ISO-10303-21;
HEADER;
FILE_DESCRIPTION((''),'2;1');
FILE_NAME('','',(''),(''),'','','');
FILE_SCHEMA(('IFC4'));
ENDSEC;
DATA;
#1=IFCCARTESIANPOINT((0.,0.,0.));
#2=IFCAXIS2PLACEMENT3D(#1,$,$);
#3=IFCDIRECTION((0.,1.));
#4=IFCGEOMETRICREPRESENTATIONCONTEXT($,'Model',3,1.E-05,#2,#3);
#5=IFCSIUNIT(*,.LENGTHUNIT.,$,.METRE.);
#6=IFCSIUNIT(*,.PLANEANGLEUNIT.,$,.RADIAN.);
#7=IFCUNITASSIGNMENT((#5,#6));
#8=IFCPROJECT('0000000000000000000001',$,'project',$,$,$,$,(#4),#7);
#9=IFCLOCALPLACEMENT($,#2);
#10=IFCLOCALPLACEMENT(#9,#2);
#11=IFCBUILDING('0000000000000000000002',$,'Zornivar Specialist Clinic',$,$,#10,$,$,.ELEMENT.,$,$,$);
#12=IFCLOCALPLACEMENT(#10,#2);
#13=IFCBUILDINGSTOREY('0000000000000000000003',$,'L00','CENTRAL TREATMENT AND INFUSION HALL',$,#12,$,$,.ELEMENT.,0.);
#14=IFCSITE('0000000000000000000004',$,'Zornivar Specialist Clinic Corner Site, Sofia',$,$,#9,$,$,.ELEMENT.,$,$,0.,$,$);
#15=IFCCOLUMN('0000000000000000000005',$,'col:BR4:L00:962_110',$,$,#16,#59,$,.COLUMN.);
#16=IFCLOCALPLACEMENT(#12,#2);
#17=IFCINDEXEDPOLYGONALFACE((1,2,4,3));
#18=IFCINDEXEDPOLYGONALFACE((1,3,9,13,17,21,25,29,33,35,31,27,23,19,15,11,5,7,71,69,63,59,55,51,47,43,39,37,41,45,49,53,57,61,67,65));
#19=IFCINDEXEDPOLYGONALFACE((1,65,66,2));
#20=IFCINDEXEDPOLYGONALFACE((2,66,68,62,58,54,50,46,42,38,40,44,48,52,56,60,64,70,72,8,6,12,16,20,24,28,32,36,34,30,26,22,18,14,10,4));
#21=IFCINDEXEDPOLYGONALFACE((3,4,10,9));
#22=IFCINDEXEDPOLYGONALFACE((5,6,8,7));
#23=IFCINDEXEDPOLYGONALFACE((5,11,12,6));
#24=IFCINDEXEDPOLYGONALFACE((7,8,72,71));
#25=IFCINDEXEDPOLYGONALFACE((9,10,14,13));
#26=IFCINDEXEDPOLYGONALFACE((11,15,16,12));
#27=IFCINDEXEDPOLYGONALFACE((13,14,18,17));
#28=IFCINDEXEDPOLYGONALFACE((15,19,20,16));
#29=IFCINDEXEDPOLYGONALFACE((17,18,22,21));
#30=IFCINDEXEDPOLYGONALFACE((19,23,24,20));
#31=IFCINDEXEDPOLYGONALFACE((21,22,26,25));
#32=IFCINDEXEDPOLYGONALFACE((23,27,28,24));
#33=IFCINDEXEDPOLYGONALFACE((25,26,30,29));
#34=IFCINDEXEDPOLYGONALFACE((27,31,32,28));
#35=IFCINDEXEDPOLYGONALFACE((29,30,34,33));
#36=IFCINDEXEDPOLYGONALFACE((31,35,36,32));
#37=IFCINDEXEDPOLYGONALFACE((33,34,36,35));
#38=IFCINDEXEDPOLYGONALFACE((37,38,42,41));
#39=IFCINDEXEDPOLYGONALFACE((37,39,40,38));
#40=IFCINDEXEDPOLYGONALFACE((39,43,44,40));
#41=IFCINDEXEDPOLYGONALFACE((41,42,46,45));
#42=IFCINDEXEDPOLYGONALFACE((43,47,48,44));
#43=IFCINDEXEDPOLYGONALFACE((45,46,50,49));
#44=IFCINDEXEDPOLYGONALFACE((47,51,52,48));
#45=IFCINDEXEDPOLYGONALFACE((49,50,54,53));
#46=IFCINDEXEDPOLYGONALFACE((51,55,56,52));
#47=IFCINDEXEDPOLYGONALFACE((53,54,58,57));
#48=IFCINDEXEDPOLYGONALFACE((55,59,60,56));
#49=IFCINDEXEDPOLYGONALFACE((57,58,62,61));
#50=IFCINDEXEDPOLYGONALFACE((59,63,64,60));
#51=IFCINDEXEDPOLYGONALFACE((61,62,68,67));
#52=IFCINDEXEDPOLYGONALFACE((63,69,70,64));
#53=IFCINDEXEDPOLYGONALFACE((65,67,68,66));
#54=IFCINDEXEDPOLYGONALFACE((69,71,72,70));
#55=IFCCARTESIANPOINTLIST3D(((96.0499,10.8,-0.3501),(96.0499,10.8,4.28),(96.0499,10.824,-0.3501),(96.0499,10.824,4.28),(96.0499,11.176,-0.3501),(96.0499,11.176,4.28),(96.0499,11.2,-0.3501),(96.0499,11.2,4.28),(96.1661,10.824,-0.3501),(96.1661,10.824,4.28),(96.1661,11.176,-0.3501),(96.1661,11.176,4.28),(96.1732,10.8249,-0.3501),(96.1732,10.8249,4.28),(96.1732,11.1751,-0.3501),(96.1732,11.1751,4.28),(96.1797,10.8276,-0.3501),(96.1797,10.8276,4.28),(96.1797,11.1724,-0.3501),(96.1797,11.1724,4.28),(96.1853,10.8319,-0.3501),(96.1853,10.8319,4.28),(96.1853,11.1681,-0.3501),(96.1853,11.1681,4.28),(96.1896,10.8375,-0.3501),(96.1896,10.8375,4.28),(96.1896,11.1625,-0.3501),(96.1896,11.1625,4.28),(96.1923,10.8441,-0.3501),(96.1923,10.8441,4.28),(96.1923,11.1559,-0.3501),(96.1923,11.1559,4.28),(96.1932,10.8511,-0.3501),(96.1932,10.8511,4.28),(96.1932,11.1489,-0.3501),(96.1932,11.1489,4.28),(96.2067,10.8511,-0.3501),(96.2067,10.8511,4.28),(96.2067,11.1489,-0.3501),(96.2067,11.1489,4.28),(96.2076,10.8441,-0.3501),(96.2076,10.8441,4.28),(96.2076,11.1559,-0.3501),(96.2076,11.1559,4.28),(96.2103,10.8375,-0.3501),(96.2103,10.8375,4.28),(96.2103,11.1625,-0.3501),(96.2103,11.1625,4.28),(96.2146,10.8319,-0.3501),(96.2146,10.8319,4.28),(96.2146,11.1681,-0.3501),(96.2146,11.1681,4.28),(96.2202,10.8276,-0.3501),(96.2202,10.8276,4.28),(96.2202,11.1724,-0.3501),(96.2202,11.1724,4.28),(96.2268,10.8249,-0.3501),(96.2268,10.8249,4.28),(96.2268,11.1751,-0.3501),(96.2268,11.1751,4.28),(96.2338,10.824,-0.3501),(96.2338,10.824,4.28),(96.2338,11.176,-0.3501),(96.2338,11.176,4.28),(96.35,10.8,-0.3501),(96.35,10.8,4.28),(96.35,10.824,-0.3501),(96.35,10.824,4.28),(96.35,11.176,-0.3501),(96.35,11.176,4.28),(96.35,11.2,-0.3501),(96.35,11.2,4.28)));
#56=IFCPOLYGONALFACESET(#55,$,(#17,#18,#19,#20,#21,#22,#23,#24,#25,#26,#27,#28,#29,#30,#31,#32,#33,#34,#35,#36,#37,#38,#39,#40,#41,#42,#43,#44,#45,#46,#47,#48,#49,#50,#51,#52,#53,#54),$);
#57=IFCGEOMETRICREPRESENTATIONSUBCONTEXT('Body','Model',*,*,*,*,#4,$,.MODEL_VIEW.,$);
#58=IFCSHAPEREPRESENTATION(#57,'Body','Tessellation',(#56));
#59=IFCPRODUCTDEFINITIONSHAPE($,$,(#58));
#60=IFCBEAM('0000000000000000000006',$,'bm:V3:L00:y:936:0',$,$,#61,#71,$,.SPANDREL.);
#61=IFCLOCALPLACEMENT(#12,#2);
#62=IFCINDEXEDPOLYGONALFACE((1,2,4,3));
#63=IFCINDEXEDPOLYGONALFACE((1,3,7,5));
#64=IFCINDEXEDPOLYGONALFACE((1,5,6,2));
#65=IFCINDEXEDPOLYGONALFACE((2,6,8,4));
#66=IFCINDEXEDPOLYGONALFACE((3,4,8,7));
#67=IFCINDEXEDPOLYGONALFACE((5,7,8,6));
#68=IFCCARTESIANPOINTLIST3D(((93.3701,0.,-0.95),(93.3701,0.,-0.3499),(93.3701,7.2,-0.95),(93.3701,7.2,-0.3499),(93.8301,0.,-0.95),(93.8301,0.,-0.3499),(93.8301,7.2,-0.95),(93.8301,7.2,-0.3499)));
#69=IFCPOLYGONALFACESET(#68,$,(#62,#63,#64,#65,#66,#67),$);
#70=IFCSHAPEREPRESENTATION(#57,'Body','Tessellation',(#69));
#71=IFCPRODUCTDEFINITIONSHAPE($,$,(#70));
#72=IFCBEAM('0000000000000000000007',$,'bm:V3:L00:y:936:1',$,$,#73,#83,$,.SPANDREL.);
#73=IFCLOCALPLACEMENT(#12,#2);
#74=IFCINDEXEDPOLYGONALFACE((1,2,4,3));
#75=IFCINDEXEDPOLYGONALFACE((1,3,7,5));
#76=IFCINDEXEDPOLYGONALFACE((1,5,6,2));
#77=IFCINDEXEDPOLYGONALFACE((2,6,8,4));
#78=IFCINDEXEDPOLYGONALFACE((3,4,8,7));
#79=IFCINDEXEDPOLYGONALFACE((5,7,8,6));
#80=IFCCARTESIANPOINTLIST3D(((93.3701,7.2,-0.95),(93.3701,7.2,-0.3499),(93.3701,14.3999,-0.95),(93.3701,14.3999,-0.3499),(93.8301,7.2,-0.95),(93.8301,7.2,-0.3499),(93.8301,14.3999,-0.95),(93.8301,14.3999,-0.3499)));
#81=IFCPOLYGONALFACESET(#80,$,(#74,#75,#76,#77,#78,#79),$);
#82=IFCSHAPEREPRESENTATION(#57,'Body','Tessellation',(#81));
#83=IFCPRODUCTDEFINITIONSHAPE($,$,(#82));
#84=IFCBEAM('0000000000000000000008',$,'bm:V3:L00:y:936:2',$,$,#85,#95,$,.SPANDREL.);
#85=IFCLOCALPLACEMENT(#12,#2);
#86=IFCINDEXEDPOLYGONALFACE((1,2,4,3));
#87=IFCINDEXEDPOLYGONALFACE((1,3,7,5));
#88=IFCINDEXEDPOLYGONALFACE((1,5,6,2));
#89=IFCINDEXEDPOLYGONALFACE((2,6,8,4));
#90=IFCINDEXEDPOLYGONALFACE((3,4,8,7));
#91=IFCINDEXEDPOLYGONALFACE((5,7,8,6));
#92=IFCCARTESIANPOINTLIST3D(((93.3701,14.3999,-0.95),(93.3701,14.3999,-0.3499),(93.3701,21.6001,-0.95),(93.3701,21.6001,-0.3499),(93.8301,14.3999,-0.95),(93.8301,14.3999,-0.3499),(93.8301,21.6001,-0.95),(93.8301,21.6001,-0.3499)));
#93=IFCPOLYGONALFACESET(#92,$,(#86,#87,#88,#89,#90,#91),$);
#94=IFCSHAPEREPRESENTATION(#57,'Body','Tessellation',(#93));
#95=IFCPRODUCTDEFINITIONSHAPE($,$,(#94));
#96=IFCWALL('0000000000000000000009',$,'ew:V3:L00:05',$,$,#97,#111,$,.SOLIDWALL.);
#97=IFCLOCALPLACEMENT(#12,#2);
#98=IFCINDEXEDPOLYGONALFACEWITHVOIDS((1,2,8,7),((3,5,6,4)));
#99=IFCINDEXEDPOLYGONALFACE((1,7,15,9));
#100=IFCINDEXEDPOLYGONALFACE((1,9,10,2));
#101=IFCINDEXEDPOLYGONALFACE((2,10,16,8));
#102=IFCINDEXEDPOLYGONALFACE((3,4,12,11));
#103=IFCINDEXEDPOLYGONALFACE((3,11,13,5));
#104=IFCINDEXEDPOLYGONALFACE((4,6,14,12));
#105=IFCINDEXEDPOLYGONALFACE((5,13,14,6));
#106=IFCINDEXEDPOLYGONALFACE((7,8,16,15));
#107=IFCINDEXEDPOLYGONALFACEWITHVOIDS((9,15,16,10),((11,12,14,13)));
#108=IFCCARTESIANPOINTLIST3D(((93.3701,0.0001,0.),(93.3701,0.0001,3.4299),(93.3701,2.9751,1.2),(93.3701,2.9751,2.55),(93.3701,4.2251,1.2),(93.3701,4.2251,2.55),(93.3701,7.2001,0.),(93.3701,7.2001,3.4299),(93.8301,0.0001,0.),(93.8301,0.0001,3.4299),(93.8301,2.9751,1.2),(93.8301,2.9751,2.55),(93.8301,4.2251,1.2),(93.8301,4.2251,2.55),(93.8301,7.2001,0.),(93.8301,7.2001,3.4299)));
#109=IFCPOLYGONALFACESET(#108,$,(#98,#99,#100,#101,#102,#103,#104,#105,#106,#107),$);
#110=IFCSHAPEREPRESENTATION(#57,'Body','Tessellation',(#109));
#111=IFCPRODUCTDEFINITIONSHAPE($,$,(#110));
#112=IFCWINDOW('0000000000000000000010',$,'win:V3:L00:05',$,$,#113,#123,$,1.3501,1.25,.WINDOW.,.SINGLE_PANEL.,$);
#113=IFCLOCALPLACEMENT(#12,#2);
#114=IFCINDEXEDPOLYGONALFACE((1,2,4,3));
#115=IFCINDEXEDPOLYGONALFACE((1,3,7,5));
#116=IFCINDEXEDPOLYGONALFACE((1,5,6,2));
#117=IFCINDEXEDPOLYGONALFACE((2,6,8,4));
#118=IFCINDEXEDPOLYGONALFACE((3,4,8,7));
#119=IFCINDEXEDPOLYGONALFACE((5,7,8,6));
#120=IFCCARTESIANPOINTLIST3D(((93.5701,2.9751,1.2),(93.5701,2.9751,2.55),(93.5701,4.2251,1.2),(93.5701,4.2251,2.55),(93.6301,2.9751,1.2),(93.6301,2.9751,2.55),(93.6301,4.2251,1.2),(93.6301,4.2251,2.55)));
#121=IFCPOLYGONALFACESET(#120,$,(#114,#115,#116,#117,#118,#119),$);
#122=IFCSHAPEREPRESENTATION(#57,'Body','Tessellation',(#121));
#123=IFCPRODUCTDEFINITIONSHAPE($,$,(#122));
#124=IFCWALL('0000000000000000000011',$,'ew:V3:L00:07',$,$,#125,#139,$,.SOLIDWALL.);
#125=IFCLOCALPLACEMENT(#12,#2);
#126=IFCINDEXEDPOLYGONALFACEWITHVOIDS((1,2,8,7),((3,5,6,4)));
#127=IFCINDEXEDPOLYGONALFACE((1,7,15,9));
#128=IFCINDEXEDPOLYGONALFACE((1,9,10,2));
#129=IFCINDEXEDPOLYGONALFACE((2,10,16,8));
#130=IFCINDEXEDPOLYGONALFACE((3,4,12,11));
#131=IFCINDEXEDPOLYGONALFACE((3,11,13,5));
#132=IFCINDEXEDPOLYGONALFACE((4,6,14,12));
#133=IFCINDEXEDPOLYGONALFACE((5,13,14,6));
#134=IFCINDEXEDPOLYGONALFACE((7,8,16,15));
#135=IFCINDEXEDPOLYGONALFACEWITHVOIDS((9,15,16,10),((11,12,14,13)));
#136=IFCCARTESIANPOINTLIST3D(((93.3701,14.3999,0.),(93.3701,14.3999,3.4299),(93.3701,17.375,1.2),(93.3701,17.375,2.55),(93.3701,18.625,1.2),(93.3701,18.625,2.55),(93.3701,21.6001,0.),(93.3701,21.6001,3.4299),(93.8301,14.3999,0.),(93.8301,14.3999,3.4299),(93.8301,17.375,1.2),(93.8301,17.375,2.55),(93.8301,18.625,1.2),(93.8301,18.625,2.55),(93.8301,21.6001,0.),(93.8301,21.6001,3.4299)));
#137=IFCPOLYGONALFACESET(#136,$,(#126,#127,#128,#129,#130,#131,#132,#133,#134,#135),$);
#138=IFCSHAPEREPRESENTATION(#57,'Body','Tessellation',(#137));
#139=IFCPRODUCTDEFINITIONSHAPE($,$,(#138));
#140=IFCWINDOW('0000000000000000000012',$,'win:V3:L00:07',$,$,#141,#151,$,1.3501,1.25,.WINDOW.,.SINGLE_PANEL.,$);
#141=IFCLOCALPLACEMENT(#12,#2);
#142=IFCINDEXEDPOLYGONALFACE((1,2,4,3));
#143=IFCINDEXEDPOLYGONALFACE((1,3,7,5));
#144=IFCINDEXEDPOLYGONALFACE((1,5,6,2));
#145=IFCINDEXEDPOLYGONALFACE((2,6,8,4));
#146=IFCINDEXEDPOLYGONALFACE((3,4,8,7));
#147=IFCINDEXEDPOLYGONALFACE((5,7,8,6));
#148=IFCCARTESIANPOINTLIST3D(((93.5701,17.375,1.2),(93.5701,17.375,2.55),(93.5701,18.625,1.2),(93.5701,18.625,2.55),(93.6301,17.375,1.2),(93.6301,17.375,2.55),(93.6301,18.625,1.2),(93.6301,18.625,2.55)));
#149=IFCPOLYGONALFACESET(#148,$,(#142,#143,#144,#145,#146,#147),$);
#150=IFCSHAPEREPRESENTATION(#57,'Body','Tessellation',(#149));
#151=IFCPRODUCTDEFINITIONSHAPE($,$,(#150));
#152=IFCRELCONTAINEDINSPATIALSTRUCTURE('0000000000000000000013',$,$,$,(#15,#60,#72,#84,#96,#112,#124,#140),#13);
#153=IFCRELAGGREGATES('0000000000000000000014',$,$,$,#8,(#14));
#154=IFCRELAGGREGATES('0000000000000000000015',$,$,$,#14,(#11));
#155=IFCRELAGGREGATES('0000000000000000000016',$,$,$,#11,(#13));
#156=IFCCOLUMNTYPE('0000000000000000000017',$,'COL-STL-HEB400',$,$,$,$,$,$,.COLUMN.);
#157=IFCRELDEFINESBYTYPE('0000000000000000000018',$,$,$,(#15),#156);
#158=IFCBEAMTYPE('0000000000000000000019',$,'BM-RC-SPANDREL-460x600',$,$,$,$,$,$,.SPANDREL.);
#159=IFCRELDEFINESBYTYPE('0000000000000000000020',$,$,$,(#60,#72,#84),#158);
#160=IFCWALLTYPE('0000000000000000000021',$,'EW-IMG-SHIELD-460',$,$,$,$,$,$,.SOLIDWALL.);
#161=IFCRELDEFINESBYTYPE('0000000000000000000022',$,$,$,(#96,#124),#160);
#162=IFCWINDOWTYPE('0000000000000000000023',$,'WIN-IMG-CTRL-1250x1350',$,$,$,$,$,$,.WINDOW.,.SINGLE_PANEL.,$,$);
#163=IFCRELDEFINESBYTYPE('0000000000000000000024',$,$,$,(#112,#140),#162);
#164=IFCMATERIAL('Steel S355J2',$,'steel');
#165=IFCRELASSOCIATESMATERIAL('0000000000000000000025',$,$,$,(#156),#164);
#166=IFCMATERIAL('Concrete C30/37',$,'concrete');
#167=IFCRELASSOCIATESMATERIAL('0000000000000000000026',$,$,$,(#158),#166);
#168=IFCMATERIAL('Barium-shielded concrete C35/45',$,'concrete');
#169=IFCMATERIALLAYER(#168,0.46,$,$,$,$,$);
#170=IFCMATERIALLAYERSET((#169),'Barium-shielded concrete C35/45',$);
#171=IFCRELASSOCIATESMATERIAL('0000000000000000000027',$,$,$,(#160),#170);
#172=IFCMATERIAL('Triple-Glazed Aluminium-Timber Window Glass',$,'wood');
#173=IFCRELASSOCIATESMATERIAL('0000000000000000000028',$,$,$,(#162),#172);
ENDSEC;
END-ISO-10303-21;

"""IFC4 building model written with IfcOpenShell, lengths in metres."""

from ifc_helpers import new_model, si_unit, direction, frame, frame_2d, origin, origin_2d, place, context, subcontext, project, spatial, rectangle, i_section, extrude, material, layer, layer_set, material_profile, profile_set, type_object, element, fill, save


model = new_model("IFC4")

# Units and contexts
model_context = context("Model", 3, precision=1e-05, world=origin(), true_north=direction((0.0, 1.0)))
body_context = subcontext(model_context, "Body", "Model", "MODEL_VIEW")
ifc_project = project(units=[si_unit("LENGTHUNIT", "METRE"), si_unit("PLANEANGLEUNIT", "RADIAN")], contexts=[model_context])

# Site, building, storey
site_placement = place(None, origin())
site = spatial("IfcSite", under=ifc_project, at=site_placement, Name="Zornivar Specialist Clinic Corner Site, Sofia", CompositionType="ELEMENT", RefElevation=0.0)
building_placement = place(site_placement, origin())
building = spatial("IfcBuilding", under=site, at=building_placement, Name="Zornivar Specialist Clinic", CompositionType="ELEMENT")
storey_placement = place(building_placement, origin())
storey = spatial("IfcBuildingStorey", under=building, at=storey_placement, Name="L00", Description="CENTRAL TREATMENT AND INFUSION HALL", CompositionType="ELEMENT", Elevation=0.0)

# Column
ifc_material_1 = material(Name="Steel S355J2", Category="steel")
ifc_material_profile_1 = material_profile(ifc_material_1, i_section(OverallWidth=0.3, OverallDepth=0.3999, WebThickness=0.0134, FlangeThickness=0.0239, FilletRadius=0.0271, at=origin_2d()), Name="HEB 400")
ifc_profile_set_1 = profile_set([ifc_material_profile_1], Name="Steel S355J2")
column_type_1 = type_object("IfcColumnType", Name="COL-STL-HEB400", PredefinedType="COLUMN", material=ifc_profile_set_1)
for number, where, z_axis, x_axis, name in (
    (1, (96.2, 11.0, -0.3501), (0.0, 0.0, 1.0), (1.0, 0.0, 0.0), "col:BR4:L00:962_110"),
):
    element("IfcColumn", number, at=place(storey_placement, frame(where, z_axis=z_axis, x_axis=x_axis)), inside=storey, type_object=column_type_1, Name=name, PredefinedType="COLUMN", context=body_context, shape_type="SweptSolid", body=[
        extrude(i_section(OverallWidth=0.3, OverallDepth=0.3999, WebThickness=0.0134, FlangeThickness=0.0239, FilletRadius=0.0271, at=origin_2d()), origin(), (0.0, 0.0, 1.0), 4.6301),
    ])

# Beams
ifc_material_2 = material(Name="Concrete C30/37", Category="concrete")
ifc_material_profile_2 = material_profile(ifc_material_2, rectangle(XDim=0.46, YDim=0.6001, at=origin_2d()), Name="RC 460x600")
ifc_profile_set_2 = profile_set([ifc_material_profile_2], Name="Concrete C30/37")
beam_type = type_object("IfcBeamType", Name="BM-RC-SPANDREL-460x600", PredefinedType="SPANDREL", material=ifc_profile_set_2)
for number, where, z_axis, x_axis, name in (
    (2, (93.6001, 0.0, -0.6499), (0.0, 1.0, 0.0), (-1.0, 0.0, 0.0), "bm:V3:L00:y:936:0"),
    (3, (93.6001, 7.2, -0.6499), (0.0, 1.0, 0.0), (-1.0, 0.0, 0.0), "bm:V3:L00:y:936:1"),
):
    element("IfcBeam", number, at=place(storey_placement, frame(where, z_axis=z_axis, x_axis=x_axis)), inside=storey, type_object=beam_type, Name=name, PredefinedType="SPANDREL", context=body_context, shape_type="SweptSolid", body=[
        extrude(rectangle(XDim=0.46, YDim=0.6001, at=origin_2d()), origin(), (0.0, 0.0, 1.0), 7.2),
    ])
beam_placement = place(storey_placement, frame((93.6001, 14.3999, -0.6499), z_axis=(0.0, 1.0, 0.0), x_axis=(-1.0, 0.0, 0.0)))
element("IfcBeam", 4, at=beam_placement, inside=storey, type_object=beam_type, Name="bm:V3:L00:y:936:2", PredefinedType="SPANDREL", context=body_context, shape_type="SweptSolid", body=[
    extrude(rectangle(XDim=0.46, YDim=0.6001, at=origin_2d()), origin(), (0.0, 0.0, 1.0), 7.2002),
])

# Wall, opening, window
ifc_material_3 = material(Name="Barium-shielded concrete C35/45", Category="concrete")
ifc_layer_1 = layer(ifc_material_3, 0.46)
ifc_layer_set_1 = layer_set([ifc_layer_1], Name="Barium-shielded concrete C35/45")
wall_type_1 = type_object("IfcWallType", Name="EW-IMG-SHIELD-460", PredefinedType="SOLIDWALL", material=ifc_layer_set_1)
wall_1_placement = place(storey_placement, frame((93.6001, 0.0, 0.0), z_axis=(0.0, 0.0, 1.0), x_axis=(0.0, 1.0, 0.0)))
wall_1 = element("IfcWall", 5, at=wall_1_placement, inside=storey, type_object=wall_type_1, Name="ew:V3:L00:05", PredefinedType="SOLIDWALL", context=body_context, shape_type="SweptSolid", body=[
    extrude(rectangle(XDim=7.2, YDim=0.46, at=frame_2d((3.6001, 0.0))), origin(), (0.0, 0.0, 1.0), 3.4299),
])
opening_1_placement = place(wall_1_placement, frame((2.9751, 0.0, 1.2)))
opening_1 = element("IfcOpeningElement", 6, at=opening_1_placement, cuts=wall_1, PredefinedType="OPENING", context=body_context, shape_type="SweptSolid", body=[
    extrude(rectangle(XDim=1.25, YDim=1.3501, at=frame_2d((0.625, 0.675))), frame((0.0, 0.24, 0.0), z_axis=(0.0, -1.0, 0.0), x_axis=(1.0, 0.0, 0.0)), (0.0, 0.0, 1.0), 0.48),
])
ifc_material_4 = material(Name="Triple-Glazed Aluminium-Timber Window Glass", Category="wood")
window_type = type_object("IfcWindowType", Name="WIN-IMG-CTRL-1250x1350", PartitioningType="SINGLE_PANEL", PredefinedType="WINDOW", material=ifc_material_4)
window_1_placement = place(opening_1_placement, origin())
window_1 = element("IfcWindow", 7, at=window_1_placement, inside=storey, type_object=window_type, Name="win:V3:L00:05", OverallHeight=1.3501, OverallWidth=1.25, PartitioningType="SINGLE_PANEL", PredefinedType="WINDOW", context=body_context, shape_type="SweptSolid", body=[
    extrude(rectangle(XDim=1.25, YDim=1.3501, at=frame_2d((0.625, 0.675))), frame((0.0, 0.03, 0.0), z_axis=(0.0, -1.0, 0.0), x_axis=(1.0, 0.0, 0.0)), (0.0, 0.0, 1.0), 0.0601),
])
fill(opening_1, window_1)

# Wall, opening, window
wall_2_placement = place(storey_placement, frame((93.6001, 14.3999, 0.0), z_axis=(0.0, 0.0, 1.0), x_axis=(0.0, 1.0, 0.0)))
wall_2 = element("IfcWall", 8, at=wall_2_placement, inside=storey, type_object=wall_type_1, Name="ew:V3:L00:07", PredefinedType="SOLIDWALL", context=body_context, shape_type="SweptSolid", body=[
    extrude(rectangle(XDim=7.2002, YDim=0.46, at=frame_2d((3.6001, 0.0))), origin(), (0.0, 0.0, 1.0), 3.4299),
])
opening_2_placement = place(wall_2_placement, frame((2.9751, 0.0, 1.2)))
opening_2 = element("IfcOpeningElement", 9, at=opening_2_placement, cuts=wall_2, PredefinedType="OPENING", context=body_context, shape_type="SweptSolid", body=[
    extrude(rectangle(XDim=1.25, YDim=1.3501, at=frame_2d((0.625, 0.675))), frame((0.0, 0.24, 0.0), z_axis=(0.0, -1.0, 0.0), x_axis=(1.0, 0.0, 0.0)), (0.0, 0.0, 1.0), 0.48),
])
window_2_placement = place(opening_2_placement, origin())
window_2 = element("IfcWindow", 10, at=window_2_placement, inside=storey, type_object=window_type, Name="win:V3:L00:07", OverallHeight=1.3501, OverallWidth=1.25, PartitioningType="SINGLE_PANEL", PredefinedType="WINDOW", context=body_context, shape_type="SweptSolid", body=[
    extrude(rectangle(XDim=1.25, YDim=1.3501, at=frame_2d((0.625, 0.675))), frame((0.0, 0.03, 0.0), z_axis=(0.0, -1.0, 0.0), x_axis=(1.0, 0.0, 0.0)), (0.0, 0.0, 1.0), 0.0601),
])
fill(opening_2, window_2)

save(model, "model.ifc")
